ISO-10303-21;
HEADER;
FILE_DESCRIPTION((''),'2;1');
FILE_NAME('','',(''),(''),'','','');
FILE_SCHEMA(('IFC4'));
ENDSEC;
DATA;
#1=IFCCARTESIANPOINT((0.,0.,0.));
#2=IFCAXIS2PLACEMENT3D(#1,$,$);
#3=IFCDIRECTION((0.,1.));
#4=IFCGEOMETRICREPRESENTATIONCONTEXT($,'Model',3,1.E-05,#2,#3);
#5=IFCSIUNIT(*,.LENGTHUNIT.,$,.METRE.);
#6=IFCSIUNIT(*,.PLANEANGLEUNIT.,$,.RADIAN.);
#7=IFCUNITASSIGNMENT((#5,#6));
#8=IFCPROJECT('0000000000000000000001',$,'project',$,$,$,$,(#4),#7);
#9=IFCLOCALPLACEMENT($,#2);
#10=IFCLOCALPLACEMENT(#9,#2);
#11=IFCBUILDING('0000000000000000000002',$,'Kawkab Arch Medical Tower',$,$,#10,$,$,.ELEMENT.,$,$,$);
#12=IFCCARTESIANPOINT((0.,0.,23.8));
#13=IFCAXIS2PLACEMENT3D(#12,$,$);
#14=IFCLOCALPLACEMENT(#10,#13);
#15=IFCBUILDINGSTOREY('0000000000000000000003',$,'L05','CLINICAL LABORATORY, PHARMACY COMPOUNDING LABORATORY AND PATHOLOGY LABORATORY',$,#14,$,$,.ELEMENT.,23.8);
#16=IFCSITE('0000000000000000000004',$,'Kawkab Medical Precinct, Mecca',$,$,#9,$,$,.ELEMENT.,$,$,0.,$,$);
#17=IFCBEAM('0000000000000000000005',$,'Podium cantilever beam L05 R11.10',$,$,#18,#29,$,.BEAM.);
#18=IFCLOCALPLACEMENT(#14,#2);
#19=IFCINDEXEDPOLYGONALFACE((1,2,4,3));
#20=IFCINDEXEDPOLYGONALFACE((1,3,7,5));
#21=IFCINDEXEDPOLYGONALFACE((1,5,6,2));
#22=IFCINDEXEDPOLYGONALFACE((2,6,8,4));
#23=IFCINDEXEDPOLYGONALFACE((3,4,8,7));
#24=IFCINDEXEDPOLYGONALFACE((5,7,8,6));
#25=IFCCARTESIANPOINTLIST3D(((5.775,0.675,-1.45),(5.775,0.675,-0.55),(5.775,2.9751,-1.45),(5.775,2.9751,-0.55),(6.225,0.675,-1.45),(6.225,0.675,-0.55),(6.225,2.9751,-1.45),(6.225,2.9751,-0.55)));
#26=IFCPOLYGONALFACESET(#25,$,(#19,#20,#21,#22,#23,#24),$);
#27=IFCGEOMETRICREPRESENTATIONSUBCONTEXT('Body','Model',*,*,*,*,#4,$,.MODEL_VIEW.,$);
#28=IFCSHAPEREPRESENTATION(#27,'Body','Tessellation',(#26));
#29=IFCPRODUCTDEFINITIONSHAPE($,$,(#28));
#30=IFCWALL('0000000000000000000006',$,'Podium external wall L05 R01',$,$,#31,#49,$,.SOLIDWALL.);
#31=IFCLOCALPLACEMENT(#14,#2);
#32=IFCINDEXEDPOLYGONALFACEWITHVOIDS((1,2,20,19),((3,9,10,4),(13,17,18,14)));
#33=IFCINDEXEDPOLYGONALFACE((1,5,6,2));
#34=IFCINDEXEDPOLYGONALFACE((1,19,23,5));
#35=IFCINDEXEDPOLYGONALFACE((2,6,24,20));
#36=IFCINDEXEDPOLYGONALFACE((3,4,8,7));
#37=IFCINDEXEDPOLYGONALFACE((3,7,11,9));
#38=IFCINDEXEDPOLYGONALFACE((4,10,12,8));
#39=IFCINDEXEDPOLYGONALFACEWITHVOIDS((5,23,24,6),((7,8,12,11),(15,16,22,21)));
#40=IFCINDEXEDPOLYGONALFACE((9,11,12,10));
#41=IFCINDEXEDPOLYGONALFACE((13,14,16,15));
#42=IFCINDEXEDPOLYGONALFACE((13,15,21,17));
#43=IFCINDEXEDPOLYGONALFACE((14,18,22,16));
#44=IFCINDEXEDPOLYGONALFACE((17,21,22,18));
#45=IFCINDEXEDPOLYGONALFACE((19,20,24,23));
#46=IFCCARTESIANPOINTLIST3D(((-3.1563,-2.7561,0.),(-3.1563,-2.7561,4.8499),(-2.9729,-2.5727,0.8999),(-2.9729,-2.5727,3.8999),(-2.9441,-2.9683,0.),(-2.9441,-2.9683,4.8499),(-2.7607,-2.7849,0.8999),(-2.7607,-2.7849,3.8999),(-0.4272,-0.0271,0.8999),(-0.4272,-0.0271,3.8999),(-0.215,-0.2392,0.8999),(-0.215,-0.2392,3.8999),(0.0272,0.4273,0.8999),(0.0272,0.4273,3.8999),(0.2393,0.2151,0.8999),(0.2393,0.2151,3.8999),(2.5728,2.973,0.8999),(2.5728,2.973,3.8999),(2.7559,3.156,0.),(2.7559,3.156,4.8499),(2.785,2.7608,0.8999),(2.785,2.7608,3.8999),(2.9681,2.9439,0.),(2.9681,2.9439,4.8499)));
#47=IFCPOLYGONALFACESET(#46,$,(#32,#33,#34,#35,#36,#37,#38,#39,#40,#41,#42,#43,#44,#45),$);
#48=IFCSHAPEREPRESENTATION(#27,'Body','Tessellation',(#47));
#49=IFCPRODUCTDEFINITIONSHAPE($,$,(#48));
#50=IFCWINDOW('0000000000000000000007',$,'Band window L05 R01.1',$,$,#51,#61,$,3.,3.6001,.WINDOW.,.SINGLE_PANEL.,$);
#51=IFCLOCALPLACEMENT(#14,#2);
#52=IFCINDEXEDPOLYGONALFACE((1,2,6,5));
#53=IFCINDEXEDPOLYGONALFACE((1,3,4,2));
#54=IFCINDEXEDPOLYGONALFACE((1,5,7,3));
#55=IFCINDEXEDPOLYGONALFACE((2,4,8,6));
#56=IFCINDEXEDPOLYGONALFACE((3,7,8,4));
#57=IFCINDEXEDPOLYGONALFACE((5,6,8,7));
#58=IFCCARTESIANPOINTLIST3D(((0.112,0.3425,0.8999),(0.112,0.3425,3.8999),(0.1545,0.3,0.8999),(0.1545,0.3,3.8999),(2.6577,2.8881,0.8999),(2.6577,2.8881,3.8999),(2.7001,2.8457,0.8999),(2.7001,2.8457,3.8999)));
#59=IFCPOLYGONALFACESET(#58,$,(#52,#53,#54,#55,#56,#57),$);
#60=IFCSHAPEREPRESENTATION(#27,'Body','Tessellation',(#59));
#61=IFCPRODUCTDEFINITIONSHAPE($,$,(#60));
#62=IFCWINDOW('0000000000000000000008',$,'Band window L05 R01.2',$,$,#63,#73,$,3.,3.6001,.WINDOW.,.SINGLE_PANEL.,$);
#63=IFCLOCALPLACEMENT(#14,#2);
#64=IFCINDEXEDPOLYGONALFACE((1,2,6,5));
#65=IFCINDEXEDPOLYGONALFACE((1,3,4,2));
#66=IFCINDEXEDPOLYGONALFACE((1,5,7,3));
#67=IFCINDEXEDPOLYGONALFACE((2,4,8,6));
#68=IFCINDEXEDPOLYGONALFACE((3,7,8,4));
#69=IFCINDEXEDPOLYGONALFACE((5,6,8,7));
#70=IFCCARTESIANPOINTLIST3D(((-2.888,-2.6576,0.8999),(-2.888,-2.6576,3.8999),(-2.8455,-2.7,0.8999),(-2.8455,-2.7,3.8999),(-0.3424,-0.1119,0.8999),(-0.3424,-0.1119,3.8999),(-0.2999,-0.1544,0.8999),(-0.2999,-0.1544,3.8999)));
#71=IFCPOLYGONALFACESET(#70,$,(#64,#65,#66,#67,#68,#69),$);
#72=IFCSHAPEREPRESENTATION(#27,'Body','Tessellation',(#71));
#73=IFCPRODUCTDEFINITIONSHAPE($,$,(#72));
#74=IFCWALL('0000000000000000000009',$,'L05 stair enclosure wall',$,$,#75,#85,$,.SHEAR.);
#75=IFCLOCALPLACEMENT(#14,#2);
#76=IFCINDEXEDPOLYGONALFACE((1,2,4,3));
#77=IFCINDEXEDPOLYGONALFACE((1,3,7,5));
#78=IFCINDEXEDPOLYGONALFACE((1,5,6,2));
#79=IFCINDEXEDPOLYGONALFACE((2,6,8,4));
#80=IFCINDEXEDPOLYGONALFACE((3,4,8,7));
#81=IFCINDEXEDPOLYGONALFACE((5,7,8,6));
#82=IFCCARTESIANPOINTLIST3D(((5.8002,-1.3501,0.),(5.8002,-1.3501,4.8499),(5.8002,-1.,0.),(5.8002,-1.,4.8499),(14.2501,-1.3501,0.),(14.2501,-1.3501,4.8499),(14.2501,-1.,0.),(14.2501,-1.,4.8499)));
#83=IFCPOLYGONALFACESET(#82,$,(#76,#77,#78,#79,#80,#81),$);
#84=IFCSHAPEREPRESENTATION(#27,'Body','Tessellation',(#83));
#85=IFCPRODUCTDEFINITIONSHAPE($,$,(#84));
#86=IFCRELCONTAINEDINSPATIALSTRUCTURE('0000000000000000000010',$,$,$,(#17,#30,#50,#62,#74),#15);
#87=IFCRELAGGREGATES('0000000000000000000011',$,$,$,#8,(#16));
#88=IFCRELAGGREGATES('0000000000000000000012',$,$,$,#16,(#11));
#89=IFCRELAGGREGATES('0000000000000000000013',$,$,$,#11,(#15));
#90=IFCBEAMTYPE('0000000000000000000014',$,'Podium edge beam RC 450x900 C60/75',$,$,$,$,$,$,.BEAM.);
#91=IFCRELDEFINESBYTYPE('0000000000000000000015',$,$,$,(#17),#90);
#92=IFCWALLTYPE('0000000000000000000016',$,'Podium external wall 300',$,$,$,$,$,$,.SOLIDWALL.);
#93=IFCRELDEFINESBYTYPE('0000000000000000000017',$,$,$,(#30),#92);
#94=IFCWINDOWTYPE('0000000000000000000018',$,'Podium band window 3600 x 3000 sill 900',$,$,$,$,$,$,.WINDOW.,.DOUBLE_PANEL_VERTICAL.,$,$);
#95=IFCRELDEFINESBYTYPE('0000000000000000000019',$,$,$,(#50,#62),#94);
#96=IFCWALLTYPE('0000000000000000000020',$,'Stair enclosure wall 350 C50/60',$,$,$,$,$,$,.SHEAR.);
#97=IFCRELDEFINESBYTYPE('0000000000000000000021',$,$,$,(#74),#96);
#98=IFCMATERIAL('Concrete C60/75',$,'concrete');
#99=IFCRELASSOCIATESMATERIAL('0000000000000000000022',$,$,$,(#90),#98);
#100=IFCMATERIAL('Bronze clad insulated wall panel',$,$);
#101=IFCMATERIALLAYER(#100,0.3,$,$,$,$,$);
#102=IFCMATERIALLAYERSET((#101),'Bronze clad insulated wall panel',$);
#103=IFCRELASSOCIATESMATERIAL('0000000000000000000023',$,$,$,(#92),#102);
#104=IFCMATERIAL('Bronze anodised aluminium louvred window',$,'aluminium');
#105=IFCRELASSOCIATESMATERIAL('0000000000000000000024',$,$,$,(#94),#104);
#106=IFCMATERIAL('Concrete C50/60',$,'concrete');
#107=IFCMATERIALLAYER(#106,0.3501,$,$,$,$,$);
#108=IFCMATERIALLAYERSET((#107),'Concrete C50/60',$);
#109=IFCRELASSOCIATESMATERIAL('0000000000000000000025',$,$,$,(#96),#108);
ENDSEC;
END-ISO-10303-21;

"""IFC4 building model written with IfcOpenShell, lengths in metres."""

from ifc_helpers import new_model, si_unit, direction, frame, frame_2d, origin, origin_2d, place, context, subcontext, project, spatial, rectangle, extrude, material, layer, layer_set, material_profile, profile_set, type_object, element, fill, save


model = new_model("IFC4")

# Units and contexts
model_context = context("Model", 3, precision=1e-05, world=origin(), true_north=direction((0.0, 1.0)))
body_context = subcontext(model_context, "Body", "Model", "MODEL_VIEW")
ifc_project = project(units=[si_unit("LENGTHUNIT", "METRE"), si_unit("PLANEANGLEUNIT", "RADIAN")], contexts=[model_context])

# Site, building, storey
site_placement = place(None, origin())
site = spatial("IfcSite", under=ifc_project, at=site_placement, Name="Kawkab Medical Precinct, Mecca", CompositionType="ELEMENT", RefElevation=0.0)
building_placement = place(site_placement, origin())
building = spatial("IfcBuilding", under=site, at=building_placement, Name="Kawkab Arch Medical Tower", CompositionType="ELEMENT")
storey_placement = place(building_placement, frame((0.0, 0.0, 23.8)))
storey = spatial("IfcBuildingStorey", under=building, at=storey_placement, Name="L05", Description="CLINICAL LABORATORY, PHARMACY COMPOUNDING LABORATORY AND PATHOLOGY LABORATORY", CompositionType="ELEMENT", Elevation=23.8)

# Beam
ifc_material_1 = material(Name="Concrete C60/75", Category="concrete")
ifc_material_profile = material_profile(ifc_material_1, rectangle(XDim=0.45, YDim=0.8999, at=origin_2d()), Name="RC 450x900")
ifc_profile_set = profile_set([ifc_material_profile], Name="Concrete C60/75")
beam_type = type_object("IfcBeamType", Name="Podium edge beam RC 450x900 C60/75", PredefinedType="BEAM", material=ifc_profile_set)
beam_placement = place(storey_placement, frame((6.0, 0.675, -1.0), z_axis=(0.0, 1.0, 0.0), x_axis=(-1.0, 0.0, 0.0)))
element("IfcBeam", 1, at=beam_placement, inside=storey, type_object=beam_type, Name="Podium cantilever beam L05 R11.10", PredefinedType="BEAM", context=body_context, shape_type="SweptSolid", body=[
    extrude(rectangle(XDim=0.45, YDim=0.8999, at=origin_2d()), origin(), (0.0, 0.0, 1.0), 2.3),
])

# Wall, openings, windows
ifc_material_2 = material(Name="Bronze clad insulated wall panel")
ifc_layer_1 = layer(ifc_material_2, 0.3)
ifc_layer_set_1 = layer_set([ifc_layer_1], Name="Bronze clad insulated wall panel")
wall_type_1 = type_object("IfcWallType", Name="Podium external wall 300", PredefinedType="SOLIDWALL", material=ifc_layer_set_1)
wall_1_placement = place(storey_placement, frame((2.8621, 3.05, 0.0), z_axis=(0.0, 0.0, 1.0), x_axis=(-0.707107, -0.707107, 0.0)))
wall_1 = element("IfcWall", 2, at=wall_1_placement, inside=storey, type_object=wall_type_1, Name="Podium external wall L05 R01", PredefinedType="SOLIDWALL", context=body_context, shape_type="SweptSolid", body=[
    extrude(rectangle(XDim=8.3611, YDim=0.3, at=frame_2d((4.1807, 0.0))), origin(), (0.0, 0.0, 1.0), 4.8499),
])
opening_1_placement = place(wall_1_placement, frame((0.259, 0.0, 0.8999)))
opening_1 = element("IfcOpeningElement", 3, at=opening_1_placement, cuts=wall_1, PredefinedType="OPENING", context=body_context, shape_type="SweptSolid", body=[
    extrude(rectangle(XDim=3.6001, YDim=3.0, at=frame_2d((1.8, 1.5))), frame((0.0, 0.1599, 0.0), z_axis=(0.0, -1.0, 0.0), x_axis=(1.0, 0.0, 0.0)), (0.0, 0.0, 1.0), 0.3201),
])
opening_2_placement = place(wall_1_placement, frame((4.5017, 0.0, 0.8999)))
opening_2 = element("IfcOpeningElement", 4, at=opening_2_placement, cuts=wall_1, PredefinedType="OPENING", context=body_context, shape_type="SweptSolid", body=[
    extrude(rectangle(XDim=3.6001, YDim=3.0, at=frame_2d((1.8, 1.5))), frame((0.0, 0.1599, 0.0), z_axis=(0.0, -1.0, 0.0), x_axis=(1.0, 0.0, 0.0)), (0.0, 0.0, 1.0), 0.3201),
])
ifc_material_3 = material(Name="Bronze anodised aluminium louvred window", Category="aluminium")
window_type = type_object("IfcWindowType", Name="Podium band window 3600 x 3000 sill 900", PartitioningType="DOUBLE_PANEL_VERTICAL", PredefinedType="WINDOW", material=ifc_material_3)
window_1_placement = place(opening_1_placement, origin())
window_1 = element("IfcWindow", 5, at=window_1_placement, inside=storey, type_object=window_type, Name="Band window L05 R01.1", OverallHeight=3.0, OverallWidth=3.6001, PartitioningType="SINGLE_PANEL", PredefinedType="WINDOW", context=body_context, shape_type="SweptSolid", body=[
    extrude(rectangle(XDim=3.6001, YDim=3.0, at=frame_2d((1.8, 1.5))), frame((0.0, 0.03, 0.0), z_axis=(0.0, -1.0, 0.0), x_axis=(1.0, 0.0, 0.0)), (0.0, 0.0, 1.0), 0.0601),
])
fill(opening_1, window_1)
window_2_placement = place(opening_2_placement, origin())
window_2 = element("IfcWindow", 6, at=window_2_placement, inside=storey, type_object=window_type, Name="Band window L05 R01.2", OverallHeight=3.0, OverallWidth=3.6001, PartitioningType="SINGLE_PANEL", PredefinedType="WINDOW", context=body_context, shape_type="SweptSolid", body=[
    extrude(rectangle(XDim=3.6001, YDim=3.0, at=frame_2d((1.8, 1.5))), frame((0.0, 0.03, 0.0), z_axis=(0.0, -1.0, 0.0), x_axis=(1.0, 0.0, 0.0)), (0.0, 0.0, 1.0), 0.0601),
])
fill(opening_2, window_2)

# Wall
ifc_material_4 = material(Name="Concrete C50/60", Category="concrete")
ifc_layer_2 = layer(ifc_material_4, 0.3501)
ifc_layer_set_2 = layer_set([ifc_layer_2], Name="Concrete C50/60")
wall_type_2 = type_object("IfcWallType", Name="Stair enclosure wall 350 C50/60", PredefinedType="SHEAR", material=ifc_layer_set_2)
wall_2_placement = place(storey_placement, frame((5.8, -1.175, 0.0), z_axis=(0.0, 0.0, 1.0), x_axis=(1.0, 0.0, 0.0)))
element("IfcWall", 7, at=wall_2_placement, inside=storey, type_object=wall_type_2, Name="L05 stair enclosure wall", PredefinedType="SHEAR", context=body_context, shape_type="SweptSolid", body=[
    extrude(rectangle(XDim=8.45, YDim=0.3501, at=frame_2d((4.2251, 0.0))), origin(), (0.0, 0.0, 1.0), 4.8499),
])

save(model, "model.ifc")
